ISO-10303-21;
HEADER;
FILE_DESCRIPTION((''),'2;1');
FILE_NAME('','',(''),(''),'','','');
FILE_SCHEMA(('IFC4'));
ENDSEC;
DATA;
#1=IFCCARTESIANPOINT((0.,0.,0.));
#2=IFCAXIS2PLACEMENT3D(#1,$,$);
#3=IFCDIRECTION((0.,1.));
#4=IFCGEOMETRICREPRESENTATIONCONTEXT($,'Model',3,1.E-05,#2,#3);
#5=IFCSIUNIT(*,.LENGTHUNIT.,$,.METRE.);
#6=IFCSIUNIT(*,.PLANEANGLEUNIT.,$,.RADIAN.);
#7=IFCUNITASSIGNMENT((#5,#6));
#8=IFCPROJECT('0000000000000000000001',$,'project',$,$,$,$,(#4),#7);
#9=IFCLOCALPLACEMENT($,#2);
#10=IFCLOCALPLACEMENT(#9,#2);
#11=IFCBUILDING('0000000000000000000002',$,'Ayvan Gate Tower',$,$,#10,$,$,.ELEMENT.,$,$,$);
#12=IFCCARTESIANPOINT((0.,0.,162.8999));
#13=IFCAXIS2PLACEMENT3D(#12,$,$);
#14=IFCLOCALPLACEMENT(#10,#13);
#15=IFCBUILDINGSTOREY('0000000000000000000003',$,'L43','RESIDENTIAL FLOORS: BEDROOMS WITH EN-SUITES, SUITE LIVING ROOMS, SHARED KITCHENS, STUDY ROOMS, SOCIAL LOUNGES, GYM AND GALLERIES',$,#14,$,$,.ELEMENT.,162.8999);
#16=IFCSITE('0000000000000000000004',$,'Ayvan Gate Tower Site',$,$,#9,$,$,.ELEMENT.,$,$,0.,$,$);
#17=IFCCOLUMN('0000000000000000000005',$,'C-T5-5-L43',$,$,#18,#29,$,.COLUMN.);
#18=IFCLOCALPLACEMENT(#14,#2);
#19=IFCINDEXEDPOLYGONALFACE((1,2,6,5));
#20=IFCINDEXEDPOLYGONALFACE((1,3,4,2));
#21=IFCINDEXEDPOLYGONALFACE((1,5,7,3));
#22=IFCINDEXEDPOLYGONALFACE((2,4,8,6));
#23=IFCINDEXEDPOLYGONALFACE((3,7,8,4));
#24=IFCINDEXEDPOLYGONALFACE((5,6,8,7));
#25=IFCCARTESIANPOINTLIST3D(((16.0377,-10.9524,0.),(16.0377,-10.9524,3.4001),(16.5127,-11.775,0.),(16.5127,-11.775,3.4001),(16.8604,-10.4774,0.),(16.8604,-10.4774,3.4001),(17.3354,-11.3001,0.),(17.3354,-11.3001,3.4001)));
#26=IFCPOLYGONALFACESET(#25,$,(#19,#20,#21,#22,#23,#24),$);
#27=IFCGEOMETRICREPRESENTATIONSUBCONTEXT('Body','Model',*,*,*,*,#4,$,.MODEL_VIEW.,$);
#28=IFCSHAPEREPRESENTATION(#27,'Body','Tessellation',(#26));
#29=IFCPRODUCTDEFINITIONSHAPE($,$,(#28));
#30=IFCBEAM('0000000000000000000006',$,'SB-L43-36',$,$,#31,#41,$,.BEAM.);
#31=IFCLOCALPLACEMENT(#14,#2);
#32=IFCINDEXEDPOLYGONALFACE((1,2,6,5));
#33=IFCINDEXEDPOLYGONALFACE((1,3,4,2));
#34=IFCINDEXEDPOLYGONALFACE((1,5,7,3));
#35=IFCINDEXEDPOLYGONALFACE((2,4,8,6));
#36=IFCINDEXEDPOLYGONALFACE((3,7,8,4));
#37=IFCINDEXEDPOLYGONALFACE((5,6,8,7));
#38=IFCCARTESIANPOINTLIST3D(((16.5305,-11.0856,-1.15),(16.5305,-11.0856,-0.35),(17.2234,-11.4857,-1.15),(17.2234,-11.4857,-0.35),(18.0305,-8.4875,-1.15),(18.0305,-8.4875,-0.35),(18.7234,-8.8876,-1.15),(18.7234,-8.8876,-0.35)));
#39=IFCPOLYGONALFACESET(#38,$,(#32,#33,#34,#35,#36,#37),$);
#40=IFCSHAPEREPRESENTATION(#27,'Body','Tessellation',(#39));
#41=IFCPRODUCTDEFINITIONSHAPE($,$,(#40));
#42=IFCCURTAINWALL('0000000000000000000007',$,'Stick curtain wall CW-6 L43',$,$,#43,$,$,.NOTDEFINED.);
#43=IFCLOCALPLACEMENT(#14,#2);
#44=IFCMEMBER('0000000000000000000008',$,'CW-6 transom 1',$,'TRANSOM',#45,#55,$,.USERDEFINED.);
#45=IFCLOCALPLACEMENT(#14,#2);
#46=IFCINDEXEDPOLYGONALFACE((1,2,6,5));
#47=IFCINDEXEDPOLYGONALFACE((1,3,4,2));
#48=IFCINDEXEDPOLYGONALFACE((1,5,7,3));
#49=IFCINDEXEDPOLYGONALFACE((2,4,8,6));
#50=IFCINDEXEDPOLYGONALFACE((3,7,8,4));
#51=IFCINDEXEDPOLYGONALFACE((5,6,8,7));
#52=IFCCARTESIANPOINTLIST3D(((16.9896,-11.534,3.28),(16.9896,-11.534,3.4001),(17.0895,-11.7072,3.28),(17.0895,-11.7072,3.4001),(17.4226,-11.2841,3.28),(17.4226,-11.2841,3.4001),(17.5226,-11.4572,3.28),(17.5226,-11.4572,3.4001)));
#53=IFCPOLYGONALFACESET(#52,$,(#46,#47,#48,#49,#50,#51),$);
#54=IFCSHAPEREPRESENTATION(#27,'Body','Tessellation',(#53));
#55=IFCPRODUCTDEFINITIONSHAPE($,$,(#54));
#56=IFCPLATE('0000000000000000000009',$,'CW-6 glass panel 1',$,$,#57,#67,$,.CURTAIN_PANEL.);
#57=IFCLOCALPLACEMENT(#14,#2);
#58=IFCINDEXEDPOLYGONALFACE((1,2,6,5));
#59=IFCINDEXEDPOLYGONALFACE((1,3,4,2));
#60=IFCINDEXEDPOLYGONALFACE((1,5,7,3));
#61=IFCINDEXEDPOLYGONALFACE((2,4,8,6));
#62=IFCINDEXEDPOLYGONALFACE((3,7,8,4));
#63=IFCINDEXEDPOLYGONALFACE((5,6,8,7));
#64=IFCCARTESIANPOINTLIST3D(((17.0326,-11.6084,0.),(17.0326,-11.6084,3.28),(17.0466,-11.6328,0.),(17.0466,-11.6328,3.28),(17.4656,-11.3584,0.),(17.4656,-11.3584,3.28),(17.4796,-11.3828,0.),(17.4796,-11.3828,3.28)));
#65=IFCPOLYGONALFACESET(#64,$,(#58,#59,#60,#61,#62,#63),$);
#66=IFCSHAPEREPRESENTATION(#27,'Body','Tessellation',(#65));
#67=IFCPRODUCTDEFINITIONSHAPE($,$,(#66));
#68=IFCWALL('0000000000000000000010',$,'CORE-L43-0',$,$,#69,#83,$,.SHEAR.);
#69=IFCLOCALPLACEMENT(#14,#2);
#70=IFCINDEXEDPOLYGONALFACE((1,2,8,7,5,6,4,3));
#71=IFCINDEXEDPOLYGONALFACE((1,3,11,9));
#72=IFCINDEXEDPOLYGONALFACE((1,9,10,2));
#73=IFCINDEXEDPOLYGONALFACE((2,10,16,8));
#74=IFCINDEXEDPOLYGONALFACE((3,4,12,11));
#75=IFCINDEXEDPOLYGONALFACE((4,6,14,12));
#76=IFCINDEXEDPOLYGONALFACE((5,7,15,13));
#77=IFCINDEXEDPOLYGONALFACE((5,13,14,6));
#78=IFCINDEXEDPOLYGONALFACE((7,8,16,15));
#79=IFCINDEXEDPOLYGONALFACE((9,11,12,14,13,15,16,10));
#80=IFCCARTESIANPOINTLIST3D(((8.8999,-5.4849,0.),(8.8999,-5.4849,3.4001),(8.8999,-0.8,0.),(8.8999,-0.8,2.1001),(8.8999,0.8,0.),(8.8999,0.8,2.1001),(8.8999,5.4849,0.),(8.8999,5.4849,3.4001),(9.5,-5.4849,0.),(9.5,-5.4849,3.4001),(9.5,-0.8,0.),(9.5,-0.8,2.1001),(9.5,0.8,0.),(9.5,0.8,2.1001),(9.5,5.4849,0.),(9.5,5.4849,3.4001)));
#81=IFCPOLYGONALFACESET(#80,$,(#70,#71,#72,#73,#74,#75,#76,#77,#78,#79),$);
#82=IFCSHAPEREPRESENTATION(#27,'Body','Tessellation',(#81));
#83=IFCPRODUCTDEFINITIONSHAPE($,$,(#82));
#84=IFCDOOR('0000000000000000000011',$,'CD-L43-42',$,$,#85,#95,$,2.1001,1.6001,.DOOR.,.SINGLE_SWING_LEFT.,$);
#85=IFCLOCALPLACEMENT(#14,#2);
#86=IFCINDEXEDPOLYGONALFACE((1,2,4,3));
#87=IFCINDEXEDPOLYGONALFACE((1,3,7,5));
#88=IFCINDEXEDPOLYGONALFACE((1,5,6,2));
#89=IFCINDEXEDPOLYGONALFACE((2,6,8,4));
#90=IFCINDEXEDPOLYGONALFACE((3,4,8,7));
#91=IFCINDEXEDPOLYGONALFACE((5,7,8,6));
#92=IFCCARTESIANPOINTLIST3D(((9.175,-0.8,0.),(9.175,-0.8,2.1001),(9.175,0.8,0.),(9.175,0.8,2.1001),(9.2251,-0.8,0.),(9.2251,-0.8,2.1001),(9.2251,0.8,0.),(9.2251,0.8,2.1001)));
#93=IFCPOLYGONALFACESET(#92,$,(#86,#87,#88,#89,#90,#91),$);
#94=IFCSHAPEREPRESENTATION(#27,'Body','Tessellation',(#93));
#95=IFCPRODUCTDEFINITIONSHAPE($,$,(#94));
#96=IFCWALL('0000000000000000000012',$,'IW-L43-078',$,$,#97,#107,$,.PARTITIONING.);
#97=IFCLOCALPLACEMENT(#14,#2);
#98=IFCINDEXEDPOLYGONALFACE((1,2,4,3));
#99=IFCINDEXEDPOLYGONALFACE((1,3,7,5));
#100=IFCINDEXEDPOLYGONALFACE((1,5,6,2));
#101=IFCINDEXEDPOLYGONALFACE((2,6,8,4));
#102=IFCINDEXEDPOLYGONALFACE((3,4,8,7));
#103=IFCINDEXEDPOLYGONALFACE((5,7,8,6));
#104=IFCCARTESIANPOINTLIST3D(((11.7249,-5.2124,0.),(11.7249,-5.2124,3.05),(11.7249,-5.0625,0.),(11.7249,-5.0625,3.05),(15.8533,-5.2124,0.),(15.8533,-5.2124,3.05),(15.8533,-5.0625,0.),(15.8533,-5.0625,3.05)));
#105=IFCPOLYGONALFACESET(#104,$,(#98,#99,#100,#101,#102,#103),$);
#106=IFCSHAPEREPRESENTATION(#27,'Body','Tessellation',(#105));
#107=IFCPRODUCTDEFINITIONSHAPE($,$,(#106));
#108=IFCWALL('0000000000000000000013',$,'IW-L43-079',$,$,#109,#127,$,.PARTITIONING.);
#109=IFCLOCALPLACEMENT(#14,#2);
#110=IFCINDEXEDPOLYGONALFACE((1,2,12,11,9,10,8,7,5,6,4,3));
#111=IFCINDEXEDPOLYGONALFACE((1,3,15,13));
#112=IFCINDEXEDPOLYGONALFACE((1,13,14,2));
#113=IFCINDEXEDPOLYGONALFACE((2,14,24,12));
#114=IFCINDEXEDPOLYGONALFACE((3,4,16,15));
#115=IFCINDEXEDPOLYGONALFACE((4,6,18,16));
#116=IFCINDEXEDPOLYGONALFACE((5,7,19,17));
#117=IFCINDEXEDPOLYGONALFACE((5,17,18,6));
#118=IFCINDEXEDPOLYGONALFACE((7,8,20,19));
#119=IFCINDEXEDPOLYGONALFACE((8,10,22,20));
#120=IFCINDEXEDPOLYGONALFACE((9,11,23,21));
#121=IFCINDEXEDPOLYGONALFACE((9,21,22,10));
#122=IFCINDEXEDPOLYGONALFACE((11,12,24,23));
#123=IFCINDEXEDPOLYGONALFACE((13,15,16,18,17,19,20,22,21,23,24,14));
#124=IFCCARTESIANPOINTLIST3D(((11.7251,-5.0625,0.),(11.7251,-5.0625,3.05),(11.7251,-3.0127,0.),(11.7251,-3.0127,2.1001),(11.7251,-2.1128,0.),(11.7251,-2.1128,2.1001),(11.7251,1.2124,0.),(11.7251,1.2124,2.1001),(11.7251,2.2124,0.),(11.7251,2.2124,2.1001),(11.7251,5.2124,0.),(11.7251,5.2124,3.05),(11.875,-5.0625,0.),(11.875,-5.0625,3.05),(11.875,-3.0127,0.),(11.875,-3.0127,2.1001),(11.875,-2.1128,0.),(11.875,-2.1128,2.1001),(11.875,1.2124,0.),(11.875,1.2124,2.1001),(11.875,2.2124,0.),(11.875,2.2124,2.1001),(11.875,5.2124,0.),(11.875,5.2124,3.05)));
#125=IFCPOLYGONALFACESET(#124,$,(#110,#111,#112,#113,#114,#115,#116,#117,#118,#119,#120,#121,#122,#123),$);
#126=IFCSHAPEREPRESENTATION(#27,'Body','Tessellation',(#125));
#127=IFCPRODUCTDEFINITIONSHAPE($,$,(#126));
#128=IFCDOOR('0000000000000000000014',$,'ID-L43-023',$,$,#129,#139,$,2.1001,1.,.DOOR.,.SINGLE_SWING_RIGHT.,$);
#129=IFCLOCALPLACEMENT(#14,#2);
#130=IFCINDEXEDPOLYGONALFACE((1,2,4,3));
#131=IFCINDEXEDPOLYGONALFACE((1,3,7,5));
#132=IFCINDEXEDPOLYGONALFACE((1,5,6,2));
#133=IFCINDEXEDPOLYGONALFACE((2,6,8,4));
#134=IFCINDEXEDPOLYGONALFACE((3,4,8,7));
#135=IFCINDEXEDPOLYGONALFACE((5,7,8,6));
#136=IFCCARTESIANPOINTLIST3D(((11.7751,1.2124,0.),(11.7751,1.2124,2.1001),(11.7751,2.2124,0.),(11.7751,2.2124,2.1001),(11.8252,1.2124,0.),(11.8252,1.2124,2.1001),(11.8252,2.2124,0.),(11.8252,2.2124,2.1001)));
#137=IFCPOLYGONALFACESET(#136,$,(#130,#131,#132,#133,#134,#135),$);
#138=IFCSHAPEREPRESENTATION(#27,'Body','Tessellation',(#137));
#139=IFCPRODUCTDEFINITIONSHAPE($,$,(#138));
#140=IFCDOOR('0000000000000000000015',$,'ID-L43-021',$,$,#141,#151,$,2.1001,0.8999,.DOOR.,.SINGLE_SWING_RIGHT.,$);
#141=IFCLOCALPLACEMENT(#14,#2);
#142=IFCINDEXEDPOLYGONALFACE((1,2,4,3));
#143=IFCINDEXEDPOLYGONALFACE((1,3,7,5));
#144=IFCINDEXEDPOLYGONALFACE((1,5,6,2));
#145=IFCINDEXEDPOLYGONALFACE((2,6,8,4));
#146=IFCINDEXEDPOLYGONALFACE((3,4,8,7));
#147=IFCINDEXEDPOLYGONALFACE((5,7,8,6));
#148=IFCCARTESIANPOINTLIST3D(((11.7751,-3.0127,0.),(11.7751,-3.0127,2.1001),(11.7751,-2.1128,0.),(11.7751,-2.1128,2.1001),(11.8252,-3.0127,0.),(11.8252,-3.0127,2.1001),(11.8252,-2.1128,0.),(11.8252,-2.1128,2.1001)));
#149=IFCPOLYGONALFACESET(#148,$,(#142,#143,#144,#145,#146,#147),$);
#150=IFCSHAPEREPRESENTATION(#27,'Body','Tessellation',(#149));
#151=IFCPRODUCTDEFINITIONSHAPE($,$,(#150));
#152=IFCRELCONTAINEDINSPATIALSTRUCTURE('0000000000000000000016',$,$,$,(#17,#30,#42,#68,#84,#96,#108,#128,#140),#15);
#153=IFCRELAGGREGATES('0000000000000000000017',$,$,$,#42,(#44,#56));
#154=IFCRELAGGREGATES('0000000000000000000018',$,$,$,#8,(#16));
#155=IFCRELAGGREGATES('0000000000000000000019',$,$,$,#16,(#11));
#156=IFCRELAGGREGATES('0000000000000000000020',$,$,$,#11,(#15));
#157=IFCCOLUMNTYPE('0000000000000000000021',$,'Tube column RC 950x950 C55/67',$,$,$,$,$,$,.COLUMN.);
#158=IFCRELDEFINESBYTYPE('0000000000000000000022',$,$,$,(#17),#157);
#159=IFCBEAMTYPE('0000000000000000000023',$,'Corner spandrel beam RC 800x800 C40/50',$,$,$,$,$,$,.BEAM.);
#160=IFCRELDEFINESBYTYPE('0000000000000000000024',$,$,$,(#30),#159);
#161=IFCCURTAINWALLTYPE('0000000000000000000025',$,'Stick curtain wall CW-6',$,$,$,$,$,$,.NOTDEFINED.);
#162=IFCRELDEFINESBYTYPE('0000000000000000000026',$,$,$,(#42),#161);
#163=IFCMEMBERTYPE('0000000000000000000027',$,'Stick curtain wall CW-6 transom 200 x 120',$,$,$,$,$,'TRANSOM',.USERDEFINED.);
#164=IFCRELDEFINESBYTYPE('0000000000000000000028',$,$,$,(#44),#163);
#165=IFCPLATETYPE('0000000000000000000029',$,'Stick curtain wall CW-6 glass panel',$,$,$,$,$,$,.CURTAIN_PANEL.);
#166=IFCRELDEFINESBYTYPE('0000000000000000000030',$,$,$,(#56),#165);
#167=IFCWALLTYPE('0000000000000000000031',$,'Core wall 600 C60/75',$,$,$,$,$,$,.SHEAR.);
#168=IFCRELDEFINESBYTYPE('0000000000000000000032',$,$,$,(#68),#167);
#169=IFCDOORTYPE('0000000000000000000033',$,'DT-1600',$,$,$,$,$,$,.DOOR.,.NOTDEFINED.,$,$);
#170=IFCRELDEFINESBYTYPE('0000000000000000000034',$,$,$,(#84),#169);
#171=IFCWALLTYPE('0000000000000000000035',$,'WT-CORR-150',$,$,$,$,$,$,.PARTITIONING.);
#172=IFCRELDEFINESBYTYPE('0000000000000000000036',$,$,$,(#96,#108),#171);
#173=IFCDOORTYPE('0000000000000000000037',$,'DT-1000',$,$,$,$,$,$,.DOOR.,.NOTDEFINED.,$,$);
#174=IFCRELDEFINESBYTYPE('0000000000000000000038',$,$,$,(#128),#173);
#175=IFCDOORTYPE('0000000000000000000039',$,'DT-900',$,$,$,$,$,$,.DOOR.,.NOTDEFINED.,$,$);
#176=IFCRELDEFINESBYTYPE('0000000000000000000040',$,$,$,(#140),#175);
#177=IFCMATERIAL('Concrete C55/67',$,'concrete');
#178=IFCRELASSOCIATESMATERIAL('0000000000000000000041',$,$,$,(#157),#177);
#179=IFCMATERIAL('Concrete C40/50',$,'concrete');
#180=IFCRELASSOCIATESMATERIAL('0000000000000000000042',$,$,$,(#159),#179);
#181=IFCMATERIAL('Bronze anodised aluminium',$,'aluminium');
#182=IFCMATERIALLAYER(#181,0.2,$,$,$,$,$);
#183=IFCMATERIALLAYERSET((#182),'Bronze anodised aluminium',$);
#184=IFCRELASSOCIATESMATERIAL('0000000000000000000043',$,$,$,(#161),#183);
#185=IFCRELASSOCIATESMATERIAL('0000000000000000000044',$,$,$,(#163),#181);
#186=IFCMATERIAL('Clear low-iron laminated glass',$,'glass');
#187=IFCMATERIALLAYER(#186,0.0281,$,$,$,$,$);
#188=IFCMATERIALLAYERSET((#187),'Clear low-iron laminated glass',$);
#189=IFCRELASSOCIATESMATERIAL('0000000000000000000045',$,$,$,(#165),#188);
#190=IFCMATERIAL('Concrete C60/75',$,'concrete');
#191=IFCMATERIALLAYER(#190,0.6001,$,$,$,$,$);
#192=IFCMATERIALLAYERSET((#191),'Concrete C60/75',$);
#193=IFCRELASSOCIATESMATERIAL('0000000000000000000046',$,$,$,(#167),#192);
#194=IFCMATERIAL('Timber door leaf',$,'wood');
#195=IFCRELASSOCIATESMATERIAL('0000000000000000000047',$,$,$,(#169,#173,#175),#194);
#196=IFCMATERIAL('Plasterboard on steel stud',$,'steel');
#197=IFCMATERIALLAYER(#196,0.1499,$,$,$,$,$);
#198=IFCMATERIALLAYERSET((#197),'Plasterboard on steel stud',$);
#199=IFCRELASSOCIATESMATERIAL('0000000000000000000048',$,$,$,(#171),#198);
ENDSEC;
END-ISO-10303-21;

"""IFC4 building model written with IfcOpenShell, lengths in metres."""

from ifc_helpers import new_model, si_unit, direction, frame, frame_2d, origin, origin_2d, place, context, subcontext, project, spatial, rectangle, extrude, material, layer, layer_set, material_profile, profile_set, type_object, element, fill, aggregate, save


model = new_model("IFC4")

# Units and contexts
model_context = context("Model", 3, precision=1e-05, world=origin(), true_north=direction((0.0, 1.0)))
body_context = subcontext(model_context, "Body", "Model", "MODEL_VIEW")
ifc_project = project(units=[si_unit("LENGTHUNIT", "METRE"), si_unit("PLANEANGLEUNIT", "RADIAN")], contexts=[model_context])

# Site, building, storey
site_placement = place(None, origin())
site = spatial("IfcSite", under=ifc_project, at=site_placement, Name="Ayvan Gate Tower Site", CompositionType="ELEMENT", RefElevation=0.0)
building_placement = place(site_placement, origin())
building = spatial("IfcBuilding", under=site, at=building_placement, Name="Ayvan Gate Tower", CompositionType="ELEMENT")
storey_placement = place(building_placement, frame((0.0, 0.0, 162.8999)))
storey = spatial("IfcBuildingStorey", under=building, at=storey_placement, Name="L43", Description="RESIDENTIAL FLOORS: BEDROOMS WITH EN-SUITES, SUITE LIVING ROOMS, SHARED KITCHENS, STUDY ROOMS, SOCIAL LOUNGES, GYM AND GALLERIES", CompositionType="ELEMENT", Elevation=162.8999)

# Column
ifc_material_1 = material(Name="Concrete C55/67", Category="concrete")
ifc_material_profile_1 = material_profile(ifc_material_1, rectangle(XDim=0.95, YDim=0.95, at=origin_2d()), Name="RC 950x950")
ifc_profile_set_1 = profile_set([ifc_material_profile_1], Name="Concrete C55/67")
column_type = type_object("IfcColumnType", Name="Tube column RC 950x950 C55/67", PredefinedType="COLUMN", material=ifc_profile_set_1)
column_placement = place(storey_placement, frame((16.6865, -11.1262, 0.0), z_axis=(0.0, 0.0, 1.0), x_axis=(0.5, -0.866025, 0.0)))
element("IfcColumn", 1, at=column_placement, inside=storey, type_object=column_type, Name="C-T5-5-L43", PredefinedType="COLUMN", context=body_context, shape_type="SweptSolid", body=[
    extrude(rectangle(XDim=0.95, YDim=0.95, at=origin_2d()), origin(), (0.0, 0.0, 1.0), 3.4001),
])

# Beam
ifc_material_2 = material(Name="Concrete C40/50", Category="concrete")
ifc_material_profile_2 = material_profile(ifc_material_2, rectangle(XDim=0.8, YDim=0.8, at=origin_2d()), Name="RC 800x800")
ifc_profile_set_2 = profile_set([ifc_material_profile_2], Name="Concrete C40/50")
beam_type = type_object("IfcBeamType", Name="Corner spandrel beam RC 800x800 C40/50", PredefinedType="BEAM", material=ifc_profile_set_2)
beam_placement = place(storey_placement, frame((16.877, -11.2856, -0.75), z_axis=(0.49999, 0.866031, 0.0), x_axis=(-0.866031, 0.49999, 0.0)))
element("IfcBeam", 2, at=beam_placement, inside=storey, type_object=beam_type, Name="SB-L43-36", PredefinedType="BEAM", context=body_context, shape_type="SweptSolid", body=[
    extrude(rectangle(XDim=0.8, YDim=0.8, at=origin_2d()), origin(), (0.0, 0.0, 1.0), 3.0),
])

# Curtain wall, member, plate
ifc_material_3 = material(Name="Bronze anodised aluminium", Category="aluminium")
ifc_layer_1 = layer(ifc_material_3, 0.2)
ifc_layer_set_1 = layer_set([ifc_layer_1], Name="Bronze anodised aluminium")
curtain_wall_type = type_object("IfcCurtainWallType", Name="Stick curtain wall CW-6", PredefinedType="NOTDEFINED", material=ifc_layer_set_1)
curtain_wall_placement = place(storey_placement, origin())
curtain_wall = element("IfcCurtainWall", 3, at=curtain_wall_placement, inside=storey, type_object=curtain_wall_type, Name="Stick curtain wall CW-6 L43", PredefinedType="NOTDEFINED")
ifc_material_profile_3 = material_profile(ifc_material_3, rectangle(XDim=0.2, YDim=0.1201, at=origin_2d()), Name="Stick curtain wall CW-6 transom 200 x 120")
ifc_profile_set_3 = profile_set([ifc_material_profile_3], Name="Bronze anodised aluminium")
member_type = type_object("IfcMemberType", Name="Stick curtain wall CW-6 transom 200 x 120", ElementType="TRANSOM", PredefinedType="USERDEFINED", material=ifc_profile_set_3)
member_placement = place(storey_placement, frame((17.0396, -11.6206, 3.3401), z_axis=(0.866072, 0.49992, 0.0), x_axis=(-0.49992, 0.866072, 0.0)))
member = element("IfcMember", 4, at=member_placement, type_object=member_type, Name="CW-6 transom 1", ObjectType="TRANSOM", PredefinedType="USERDEFINED", context=body_context, shape_type="SweptSolid", body=[
    extrude(rectangle(XDim=0.2, YDim=0.1201, at=origin_2d()), origin(), (0.0, 0.0, 1.0), 0.5),
])
ifc_material_4 = material(Name="Clear low-iron laminated glass", Category="glass")
ifc_layer_2 = layer(ifc_material_4, 0.0281)
ifc_layer_set_2 = layer_set([ifc_layer_2], Name="Clear low-iron laminated glass")
plate_type = type_object("IfcPlateType", Name="Stick curtain wall CW-6 glass panel", PredefinedType="CURTAIN_PANEL", material=ifc_layer_set_2)
plate_placement = place(storey_placement, frame((17.2561, -11.4956, 0.0), z_axis=(0.0, 0.0, 1.0), x_axis=(0.866025, 0.5, 0.0)))
plate = element("IfcPlate", 5, at=plate_placement, type_object=plate_type, Name="CW-6 glass panel 1", PredefinedType="CURTAIN_PANEL", context=body_context, shape_type="SweptSolid", body=[
    extrude(rectangle(XDim=0.5, YDim=0.0281, at=origin_2d()), origin(), (0.0, 0.0, 1.0), 3.28),
])
aggregate(curtain_wall, [member, plate])

# Wall, opening, door
ifc_material_5 = material(Name="Concrete C60/75", Category="concrete")
ifc_layer_3 = layer(ifc_material_5, 0.6001)
ifc_layer_set_3 = layer_set([ifc_layer_3], Name="Concrete C60/75")
wall_type_1 = type_object("IfcWallType", Name="Core wall 600 C60/75", PredefinedType="SHEAR", material=ifc_layer_set_3)
wall_1_placement = place(storey_placement, frame((9.2, -5.4849, 0.0), z_axis=(0.0, 0.0, 1.0), x_axis=(0.0, 1.0, 0.0)))
wall_1 = element("IfcWall", 6, at=wall_1_placement, inside=storey, type_object=wall_type_1, Name="CORE-L43-0", PredefinedType="SHEAR", context=body_context, shape_type="SweptSolid", body=[
    extrude(rectangle(XDim=10.9697, YDim=0.6001, at=frame_2d((5.4849, 0.0))), origin(), (0.0, 0.0, 1.0), 3.4001),
])
opening_1_placement = place(wall_1_placement, frame((4.6848, 0.0, 0.0)))
opening_1 = element("IfcOpeningElement", 7, at=opening_1_placement, cuts=wall_1, PredefinedType="OPENING", context=body_context, shape_type="SweptSolid", body=[
    extrude(rectangle(XDim=1.6001, YDim=2.1001, at=frame_2d((0.8, 1.05))), frame((0.0, 0.3101, 0.0), z_axis=(0.0, -1.0, 0.0), x_axis=(1.0, 0.0, 0.0)), (0.0, 0.0, 1.0), 0.6201),
])
ifc_material_6 = material(Name="Timber door leaf", Category="wood")
door_type_1 = type_object("IfcDoorType", Name="DT-1600", OperationType="NOTDEFINED", PredefinedType="DOOR", material=ifc_material_6)
door_1_placement = place(opening_1_placement, origin())
door_1 = element("IfcDoor", 8, at=door_1_placement, inside=storey, type_object=door_type_1, Name="CD-L43-42", OperationType="SINGLE_SWING_LEFT", OverallHeight=2.1001, OverallWidth=1.6001, PredefinedType="DOOR", context=body_context, shape_type="SweptSolid", body=[
    extrude(rectangle(XDim=1.6001, YDim=2.1001, at=frame_2d((0.8, 1.05))), frame((0.0, 0.0249, 0.0), z_axis=(0.0, -1.0, 0.0), x_axis=(1.0, 0.0, 0.0)), (0.0, 0.0, 1.0), 0.05),
])
fill(opening_1, door_1)

# Wall
ifc_material_7 = material(Name="Plasterboard on steel stud", Category="steel")
ifc_layer_4 = layer(ifc_material_7, 0.1499)
ifc_layer_set_4 = layer_set([ifc_layer_4], Name="Plasterboard on steel stud")
wall_type_2 = type_object("IfcWallType", Name="WT-CORR-150", PredefinedType="PARTITIONING", material=ifc_layer_set_4)
wall_2_placement = place(storey_placement, frame((11.7249, -5.1375, 0.0), z_axis=(0.0, 0.0, 1.0), x_axis=(1.0, 0.0, 0.0)))
element("IfcWall", 9, at=wall_2_placement, inside=storey, type_object=wall_type_2, Name="IW-L43-078", PredefinedType="PARTITIONING", context=body_context, shape_type="SweptSolid", body=[
    extrude(rectangle(XDim=4.1284, YDim=0.1499, at=frame_2d((2.0642, 0.0))), origin(), (0.0, 0.0, 1.0), 3.05),
])

# Wall, openings, doors
wall_3_placement = place(storey_placement, frame((11.8, -5.0625, 0.0), z_axis=(0.0, 0.0, 1.0), x_axis=(0.0, 1.0, 0.0)))
wall_3 = element("IfcWall", 10, at=wall_3_placement, inside=storey, type_object=wall_type_2, Name="IW-L43-079", PredefinedType="PARTITIONING", context=body_context, shape_type="SweptSolid", body=[
    extrude(rectangle(XDim=10.2749, YDim=0.1499, at=frame_2d((5.1375, 0.0))), origin(), (0.0, 0.0, 1.0), 3.05),
])
opening_2_placement = place(wall_3_placement, frame((2.0498, 0.0, 0.0)))
opening_2 = element("IfcOpeningElement", 11, at=opening_2_placement, cuts=wall_3, PredefinedType="OPENING", context=body_context, shape_type="SweptSolid", body=[
    extrude(rectangle(XDim=0.8999, YDim=2.1001, at=frame_2d((0.45, 1.05))), frame((0.0, 0.085, 0.0), z_axis=(0.0, -1.0, 0.0), x_axis=(1.0, 0.0, 0.0)), (0.0, 0.0, 1.0), 0.1699),
])
opening_3_placement = place(wall_3_placement, frame((6.2749, 0.0, 0.0)))
opening_3 = element("IfcOpeningElement", 12, at=opening_3_placement, cuts=wall_3, PredefinedType="OPENING", context=body_context, shape_type="SweptSolid", body=[
    extrude(rectangle(XDim=1.0, YDim=2.1001, at=frame_2d((0.5, 1.05))), frame((0.0, 0.085, 0.0), z_axis=(0.0, -1.0, 0.0), x_axis=(1.0, 0.0, 0.0)), (0.0, 0.0, 1.0), 0.1699),
])
door_type_2 = type_object("IfcDoorType", Name="DT-1000", OperationType="NOTDEFINED", PredefinedType="DOOR", material=ifc_material_6)
door_2_placement = place(opening_3_placement, origin())
door_2 = element("IfcDoor", 13, at=door_2_placement, inside=storey, type_object=door_type_2, Name="ID-L43-023", OperationType="SINGLE_SWING_RIGHT", OverallHeight=2.1001, OverallWidth=1.0, PredefinedType="DOOR", context=body_context, shape_type="SweptSolid", body=[
    extrude(rectangle(XDim=1.0, YDim=2.1001, at=frame_2d((0.5, 1.05))), frame((0.0, 0.0249, 0.0), z_axis=(0.0, -1.0, 0.0), x_axis=(1.0, 0.0, 0.0)), (0.0, 0.0, 1.0), 0.05),
])
fill(opening_3, door_2)
door_type_3 = type_object("IfcDoorType", Name="DT-900", OperationType="NOTDEFINED", PredefinedType="DOOR", material=ifc_material_6)
door_3_placement = place(opening_2_placement, origin())
door_3 = element("IfcDoor", 14, at=door_3_placement, inside=storey, type_object=door_type_3, Name="ID-L43-021", OperationType="SINGLE_SWING_RIGHT", OverallHeight=2.1001, OverallWidth=0.8999, PredefinedType="DOOR", context=body_context, shape_type="SweptSolid", body=[
    extrude(rectangle(XDim=0.8999, YDim=2.1001, at=frame_2d((0.45, 1.05))), frame((0.0, 0.0249, 0.0), z_axis=(0.0, -1.0, 0.0), x_axis=(1.0, 0.0, 0.0)), (0.0, 0.0, 1.0), 0.05),
])
fill(opening_2, door_3)

save(model, "model.ifc")
